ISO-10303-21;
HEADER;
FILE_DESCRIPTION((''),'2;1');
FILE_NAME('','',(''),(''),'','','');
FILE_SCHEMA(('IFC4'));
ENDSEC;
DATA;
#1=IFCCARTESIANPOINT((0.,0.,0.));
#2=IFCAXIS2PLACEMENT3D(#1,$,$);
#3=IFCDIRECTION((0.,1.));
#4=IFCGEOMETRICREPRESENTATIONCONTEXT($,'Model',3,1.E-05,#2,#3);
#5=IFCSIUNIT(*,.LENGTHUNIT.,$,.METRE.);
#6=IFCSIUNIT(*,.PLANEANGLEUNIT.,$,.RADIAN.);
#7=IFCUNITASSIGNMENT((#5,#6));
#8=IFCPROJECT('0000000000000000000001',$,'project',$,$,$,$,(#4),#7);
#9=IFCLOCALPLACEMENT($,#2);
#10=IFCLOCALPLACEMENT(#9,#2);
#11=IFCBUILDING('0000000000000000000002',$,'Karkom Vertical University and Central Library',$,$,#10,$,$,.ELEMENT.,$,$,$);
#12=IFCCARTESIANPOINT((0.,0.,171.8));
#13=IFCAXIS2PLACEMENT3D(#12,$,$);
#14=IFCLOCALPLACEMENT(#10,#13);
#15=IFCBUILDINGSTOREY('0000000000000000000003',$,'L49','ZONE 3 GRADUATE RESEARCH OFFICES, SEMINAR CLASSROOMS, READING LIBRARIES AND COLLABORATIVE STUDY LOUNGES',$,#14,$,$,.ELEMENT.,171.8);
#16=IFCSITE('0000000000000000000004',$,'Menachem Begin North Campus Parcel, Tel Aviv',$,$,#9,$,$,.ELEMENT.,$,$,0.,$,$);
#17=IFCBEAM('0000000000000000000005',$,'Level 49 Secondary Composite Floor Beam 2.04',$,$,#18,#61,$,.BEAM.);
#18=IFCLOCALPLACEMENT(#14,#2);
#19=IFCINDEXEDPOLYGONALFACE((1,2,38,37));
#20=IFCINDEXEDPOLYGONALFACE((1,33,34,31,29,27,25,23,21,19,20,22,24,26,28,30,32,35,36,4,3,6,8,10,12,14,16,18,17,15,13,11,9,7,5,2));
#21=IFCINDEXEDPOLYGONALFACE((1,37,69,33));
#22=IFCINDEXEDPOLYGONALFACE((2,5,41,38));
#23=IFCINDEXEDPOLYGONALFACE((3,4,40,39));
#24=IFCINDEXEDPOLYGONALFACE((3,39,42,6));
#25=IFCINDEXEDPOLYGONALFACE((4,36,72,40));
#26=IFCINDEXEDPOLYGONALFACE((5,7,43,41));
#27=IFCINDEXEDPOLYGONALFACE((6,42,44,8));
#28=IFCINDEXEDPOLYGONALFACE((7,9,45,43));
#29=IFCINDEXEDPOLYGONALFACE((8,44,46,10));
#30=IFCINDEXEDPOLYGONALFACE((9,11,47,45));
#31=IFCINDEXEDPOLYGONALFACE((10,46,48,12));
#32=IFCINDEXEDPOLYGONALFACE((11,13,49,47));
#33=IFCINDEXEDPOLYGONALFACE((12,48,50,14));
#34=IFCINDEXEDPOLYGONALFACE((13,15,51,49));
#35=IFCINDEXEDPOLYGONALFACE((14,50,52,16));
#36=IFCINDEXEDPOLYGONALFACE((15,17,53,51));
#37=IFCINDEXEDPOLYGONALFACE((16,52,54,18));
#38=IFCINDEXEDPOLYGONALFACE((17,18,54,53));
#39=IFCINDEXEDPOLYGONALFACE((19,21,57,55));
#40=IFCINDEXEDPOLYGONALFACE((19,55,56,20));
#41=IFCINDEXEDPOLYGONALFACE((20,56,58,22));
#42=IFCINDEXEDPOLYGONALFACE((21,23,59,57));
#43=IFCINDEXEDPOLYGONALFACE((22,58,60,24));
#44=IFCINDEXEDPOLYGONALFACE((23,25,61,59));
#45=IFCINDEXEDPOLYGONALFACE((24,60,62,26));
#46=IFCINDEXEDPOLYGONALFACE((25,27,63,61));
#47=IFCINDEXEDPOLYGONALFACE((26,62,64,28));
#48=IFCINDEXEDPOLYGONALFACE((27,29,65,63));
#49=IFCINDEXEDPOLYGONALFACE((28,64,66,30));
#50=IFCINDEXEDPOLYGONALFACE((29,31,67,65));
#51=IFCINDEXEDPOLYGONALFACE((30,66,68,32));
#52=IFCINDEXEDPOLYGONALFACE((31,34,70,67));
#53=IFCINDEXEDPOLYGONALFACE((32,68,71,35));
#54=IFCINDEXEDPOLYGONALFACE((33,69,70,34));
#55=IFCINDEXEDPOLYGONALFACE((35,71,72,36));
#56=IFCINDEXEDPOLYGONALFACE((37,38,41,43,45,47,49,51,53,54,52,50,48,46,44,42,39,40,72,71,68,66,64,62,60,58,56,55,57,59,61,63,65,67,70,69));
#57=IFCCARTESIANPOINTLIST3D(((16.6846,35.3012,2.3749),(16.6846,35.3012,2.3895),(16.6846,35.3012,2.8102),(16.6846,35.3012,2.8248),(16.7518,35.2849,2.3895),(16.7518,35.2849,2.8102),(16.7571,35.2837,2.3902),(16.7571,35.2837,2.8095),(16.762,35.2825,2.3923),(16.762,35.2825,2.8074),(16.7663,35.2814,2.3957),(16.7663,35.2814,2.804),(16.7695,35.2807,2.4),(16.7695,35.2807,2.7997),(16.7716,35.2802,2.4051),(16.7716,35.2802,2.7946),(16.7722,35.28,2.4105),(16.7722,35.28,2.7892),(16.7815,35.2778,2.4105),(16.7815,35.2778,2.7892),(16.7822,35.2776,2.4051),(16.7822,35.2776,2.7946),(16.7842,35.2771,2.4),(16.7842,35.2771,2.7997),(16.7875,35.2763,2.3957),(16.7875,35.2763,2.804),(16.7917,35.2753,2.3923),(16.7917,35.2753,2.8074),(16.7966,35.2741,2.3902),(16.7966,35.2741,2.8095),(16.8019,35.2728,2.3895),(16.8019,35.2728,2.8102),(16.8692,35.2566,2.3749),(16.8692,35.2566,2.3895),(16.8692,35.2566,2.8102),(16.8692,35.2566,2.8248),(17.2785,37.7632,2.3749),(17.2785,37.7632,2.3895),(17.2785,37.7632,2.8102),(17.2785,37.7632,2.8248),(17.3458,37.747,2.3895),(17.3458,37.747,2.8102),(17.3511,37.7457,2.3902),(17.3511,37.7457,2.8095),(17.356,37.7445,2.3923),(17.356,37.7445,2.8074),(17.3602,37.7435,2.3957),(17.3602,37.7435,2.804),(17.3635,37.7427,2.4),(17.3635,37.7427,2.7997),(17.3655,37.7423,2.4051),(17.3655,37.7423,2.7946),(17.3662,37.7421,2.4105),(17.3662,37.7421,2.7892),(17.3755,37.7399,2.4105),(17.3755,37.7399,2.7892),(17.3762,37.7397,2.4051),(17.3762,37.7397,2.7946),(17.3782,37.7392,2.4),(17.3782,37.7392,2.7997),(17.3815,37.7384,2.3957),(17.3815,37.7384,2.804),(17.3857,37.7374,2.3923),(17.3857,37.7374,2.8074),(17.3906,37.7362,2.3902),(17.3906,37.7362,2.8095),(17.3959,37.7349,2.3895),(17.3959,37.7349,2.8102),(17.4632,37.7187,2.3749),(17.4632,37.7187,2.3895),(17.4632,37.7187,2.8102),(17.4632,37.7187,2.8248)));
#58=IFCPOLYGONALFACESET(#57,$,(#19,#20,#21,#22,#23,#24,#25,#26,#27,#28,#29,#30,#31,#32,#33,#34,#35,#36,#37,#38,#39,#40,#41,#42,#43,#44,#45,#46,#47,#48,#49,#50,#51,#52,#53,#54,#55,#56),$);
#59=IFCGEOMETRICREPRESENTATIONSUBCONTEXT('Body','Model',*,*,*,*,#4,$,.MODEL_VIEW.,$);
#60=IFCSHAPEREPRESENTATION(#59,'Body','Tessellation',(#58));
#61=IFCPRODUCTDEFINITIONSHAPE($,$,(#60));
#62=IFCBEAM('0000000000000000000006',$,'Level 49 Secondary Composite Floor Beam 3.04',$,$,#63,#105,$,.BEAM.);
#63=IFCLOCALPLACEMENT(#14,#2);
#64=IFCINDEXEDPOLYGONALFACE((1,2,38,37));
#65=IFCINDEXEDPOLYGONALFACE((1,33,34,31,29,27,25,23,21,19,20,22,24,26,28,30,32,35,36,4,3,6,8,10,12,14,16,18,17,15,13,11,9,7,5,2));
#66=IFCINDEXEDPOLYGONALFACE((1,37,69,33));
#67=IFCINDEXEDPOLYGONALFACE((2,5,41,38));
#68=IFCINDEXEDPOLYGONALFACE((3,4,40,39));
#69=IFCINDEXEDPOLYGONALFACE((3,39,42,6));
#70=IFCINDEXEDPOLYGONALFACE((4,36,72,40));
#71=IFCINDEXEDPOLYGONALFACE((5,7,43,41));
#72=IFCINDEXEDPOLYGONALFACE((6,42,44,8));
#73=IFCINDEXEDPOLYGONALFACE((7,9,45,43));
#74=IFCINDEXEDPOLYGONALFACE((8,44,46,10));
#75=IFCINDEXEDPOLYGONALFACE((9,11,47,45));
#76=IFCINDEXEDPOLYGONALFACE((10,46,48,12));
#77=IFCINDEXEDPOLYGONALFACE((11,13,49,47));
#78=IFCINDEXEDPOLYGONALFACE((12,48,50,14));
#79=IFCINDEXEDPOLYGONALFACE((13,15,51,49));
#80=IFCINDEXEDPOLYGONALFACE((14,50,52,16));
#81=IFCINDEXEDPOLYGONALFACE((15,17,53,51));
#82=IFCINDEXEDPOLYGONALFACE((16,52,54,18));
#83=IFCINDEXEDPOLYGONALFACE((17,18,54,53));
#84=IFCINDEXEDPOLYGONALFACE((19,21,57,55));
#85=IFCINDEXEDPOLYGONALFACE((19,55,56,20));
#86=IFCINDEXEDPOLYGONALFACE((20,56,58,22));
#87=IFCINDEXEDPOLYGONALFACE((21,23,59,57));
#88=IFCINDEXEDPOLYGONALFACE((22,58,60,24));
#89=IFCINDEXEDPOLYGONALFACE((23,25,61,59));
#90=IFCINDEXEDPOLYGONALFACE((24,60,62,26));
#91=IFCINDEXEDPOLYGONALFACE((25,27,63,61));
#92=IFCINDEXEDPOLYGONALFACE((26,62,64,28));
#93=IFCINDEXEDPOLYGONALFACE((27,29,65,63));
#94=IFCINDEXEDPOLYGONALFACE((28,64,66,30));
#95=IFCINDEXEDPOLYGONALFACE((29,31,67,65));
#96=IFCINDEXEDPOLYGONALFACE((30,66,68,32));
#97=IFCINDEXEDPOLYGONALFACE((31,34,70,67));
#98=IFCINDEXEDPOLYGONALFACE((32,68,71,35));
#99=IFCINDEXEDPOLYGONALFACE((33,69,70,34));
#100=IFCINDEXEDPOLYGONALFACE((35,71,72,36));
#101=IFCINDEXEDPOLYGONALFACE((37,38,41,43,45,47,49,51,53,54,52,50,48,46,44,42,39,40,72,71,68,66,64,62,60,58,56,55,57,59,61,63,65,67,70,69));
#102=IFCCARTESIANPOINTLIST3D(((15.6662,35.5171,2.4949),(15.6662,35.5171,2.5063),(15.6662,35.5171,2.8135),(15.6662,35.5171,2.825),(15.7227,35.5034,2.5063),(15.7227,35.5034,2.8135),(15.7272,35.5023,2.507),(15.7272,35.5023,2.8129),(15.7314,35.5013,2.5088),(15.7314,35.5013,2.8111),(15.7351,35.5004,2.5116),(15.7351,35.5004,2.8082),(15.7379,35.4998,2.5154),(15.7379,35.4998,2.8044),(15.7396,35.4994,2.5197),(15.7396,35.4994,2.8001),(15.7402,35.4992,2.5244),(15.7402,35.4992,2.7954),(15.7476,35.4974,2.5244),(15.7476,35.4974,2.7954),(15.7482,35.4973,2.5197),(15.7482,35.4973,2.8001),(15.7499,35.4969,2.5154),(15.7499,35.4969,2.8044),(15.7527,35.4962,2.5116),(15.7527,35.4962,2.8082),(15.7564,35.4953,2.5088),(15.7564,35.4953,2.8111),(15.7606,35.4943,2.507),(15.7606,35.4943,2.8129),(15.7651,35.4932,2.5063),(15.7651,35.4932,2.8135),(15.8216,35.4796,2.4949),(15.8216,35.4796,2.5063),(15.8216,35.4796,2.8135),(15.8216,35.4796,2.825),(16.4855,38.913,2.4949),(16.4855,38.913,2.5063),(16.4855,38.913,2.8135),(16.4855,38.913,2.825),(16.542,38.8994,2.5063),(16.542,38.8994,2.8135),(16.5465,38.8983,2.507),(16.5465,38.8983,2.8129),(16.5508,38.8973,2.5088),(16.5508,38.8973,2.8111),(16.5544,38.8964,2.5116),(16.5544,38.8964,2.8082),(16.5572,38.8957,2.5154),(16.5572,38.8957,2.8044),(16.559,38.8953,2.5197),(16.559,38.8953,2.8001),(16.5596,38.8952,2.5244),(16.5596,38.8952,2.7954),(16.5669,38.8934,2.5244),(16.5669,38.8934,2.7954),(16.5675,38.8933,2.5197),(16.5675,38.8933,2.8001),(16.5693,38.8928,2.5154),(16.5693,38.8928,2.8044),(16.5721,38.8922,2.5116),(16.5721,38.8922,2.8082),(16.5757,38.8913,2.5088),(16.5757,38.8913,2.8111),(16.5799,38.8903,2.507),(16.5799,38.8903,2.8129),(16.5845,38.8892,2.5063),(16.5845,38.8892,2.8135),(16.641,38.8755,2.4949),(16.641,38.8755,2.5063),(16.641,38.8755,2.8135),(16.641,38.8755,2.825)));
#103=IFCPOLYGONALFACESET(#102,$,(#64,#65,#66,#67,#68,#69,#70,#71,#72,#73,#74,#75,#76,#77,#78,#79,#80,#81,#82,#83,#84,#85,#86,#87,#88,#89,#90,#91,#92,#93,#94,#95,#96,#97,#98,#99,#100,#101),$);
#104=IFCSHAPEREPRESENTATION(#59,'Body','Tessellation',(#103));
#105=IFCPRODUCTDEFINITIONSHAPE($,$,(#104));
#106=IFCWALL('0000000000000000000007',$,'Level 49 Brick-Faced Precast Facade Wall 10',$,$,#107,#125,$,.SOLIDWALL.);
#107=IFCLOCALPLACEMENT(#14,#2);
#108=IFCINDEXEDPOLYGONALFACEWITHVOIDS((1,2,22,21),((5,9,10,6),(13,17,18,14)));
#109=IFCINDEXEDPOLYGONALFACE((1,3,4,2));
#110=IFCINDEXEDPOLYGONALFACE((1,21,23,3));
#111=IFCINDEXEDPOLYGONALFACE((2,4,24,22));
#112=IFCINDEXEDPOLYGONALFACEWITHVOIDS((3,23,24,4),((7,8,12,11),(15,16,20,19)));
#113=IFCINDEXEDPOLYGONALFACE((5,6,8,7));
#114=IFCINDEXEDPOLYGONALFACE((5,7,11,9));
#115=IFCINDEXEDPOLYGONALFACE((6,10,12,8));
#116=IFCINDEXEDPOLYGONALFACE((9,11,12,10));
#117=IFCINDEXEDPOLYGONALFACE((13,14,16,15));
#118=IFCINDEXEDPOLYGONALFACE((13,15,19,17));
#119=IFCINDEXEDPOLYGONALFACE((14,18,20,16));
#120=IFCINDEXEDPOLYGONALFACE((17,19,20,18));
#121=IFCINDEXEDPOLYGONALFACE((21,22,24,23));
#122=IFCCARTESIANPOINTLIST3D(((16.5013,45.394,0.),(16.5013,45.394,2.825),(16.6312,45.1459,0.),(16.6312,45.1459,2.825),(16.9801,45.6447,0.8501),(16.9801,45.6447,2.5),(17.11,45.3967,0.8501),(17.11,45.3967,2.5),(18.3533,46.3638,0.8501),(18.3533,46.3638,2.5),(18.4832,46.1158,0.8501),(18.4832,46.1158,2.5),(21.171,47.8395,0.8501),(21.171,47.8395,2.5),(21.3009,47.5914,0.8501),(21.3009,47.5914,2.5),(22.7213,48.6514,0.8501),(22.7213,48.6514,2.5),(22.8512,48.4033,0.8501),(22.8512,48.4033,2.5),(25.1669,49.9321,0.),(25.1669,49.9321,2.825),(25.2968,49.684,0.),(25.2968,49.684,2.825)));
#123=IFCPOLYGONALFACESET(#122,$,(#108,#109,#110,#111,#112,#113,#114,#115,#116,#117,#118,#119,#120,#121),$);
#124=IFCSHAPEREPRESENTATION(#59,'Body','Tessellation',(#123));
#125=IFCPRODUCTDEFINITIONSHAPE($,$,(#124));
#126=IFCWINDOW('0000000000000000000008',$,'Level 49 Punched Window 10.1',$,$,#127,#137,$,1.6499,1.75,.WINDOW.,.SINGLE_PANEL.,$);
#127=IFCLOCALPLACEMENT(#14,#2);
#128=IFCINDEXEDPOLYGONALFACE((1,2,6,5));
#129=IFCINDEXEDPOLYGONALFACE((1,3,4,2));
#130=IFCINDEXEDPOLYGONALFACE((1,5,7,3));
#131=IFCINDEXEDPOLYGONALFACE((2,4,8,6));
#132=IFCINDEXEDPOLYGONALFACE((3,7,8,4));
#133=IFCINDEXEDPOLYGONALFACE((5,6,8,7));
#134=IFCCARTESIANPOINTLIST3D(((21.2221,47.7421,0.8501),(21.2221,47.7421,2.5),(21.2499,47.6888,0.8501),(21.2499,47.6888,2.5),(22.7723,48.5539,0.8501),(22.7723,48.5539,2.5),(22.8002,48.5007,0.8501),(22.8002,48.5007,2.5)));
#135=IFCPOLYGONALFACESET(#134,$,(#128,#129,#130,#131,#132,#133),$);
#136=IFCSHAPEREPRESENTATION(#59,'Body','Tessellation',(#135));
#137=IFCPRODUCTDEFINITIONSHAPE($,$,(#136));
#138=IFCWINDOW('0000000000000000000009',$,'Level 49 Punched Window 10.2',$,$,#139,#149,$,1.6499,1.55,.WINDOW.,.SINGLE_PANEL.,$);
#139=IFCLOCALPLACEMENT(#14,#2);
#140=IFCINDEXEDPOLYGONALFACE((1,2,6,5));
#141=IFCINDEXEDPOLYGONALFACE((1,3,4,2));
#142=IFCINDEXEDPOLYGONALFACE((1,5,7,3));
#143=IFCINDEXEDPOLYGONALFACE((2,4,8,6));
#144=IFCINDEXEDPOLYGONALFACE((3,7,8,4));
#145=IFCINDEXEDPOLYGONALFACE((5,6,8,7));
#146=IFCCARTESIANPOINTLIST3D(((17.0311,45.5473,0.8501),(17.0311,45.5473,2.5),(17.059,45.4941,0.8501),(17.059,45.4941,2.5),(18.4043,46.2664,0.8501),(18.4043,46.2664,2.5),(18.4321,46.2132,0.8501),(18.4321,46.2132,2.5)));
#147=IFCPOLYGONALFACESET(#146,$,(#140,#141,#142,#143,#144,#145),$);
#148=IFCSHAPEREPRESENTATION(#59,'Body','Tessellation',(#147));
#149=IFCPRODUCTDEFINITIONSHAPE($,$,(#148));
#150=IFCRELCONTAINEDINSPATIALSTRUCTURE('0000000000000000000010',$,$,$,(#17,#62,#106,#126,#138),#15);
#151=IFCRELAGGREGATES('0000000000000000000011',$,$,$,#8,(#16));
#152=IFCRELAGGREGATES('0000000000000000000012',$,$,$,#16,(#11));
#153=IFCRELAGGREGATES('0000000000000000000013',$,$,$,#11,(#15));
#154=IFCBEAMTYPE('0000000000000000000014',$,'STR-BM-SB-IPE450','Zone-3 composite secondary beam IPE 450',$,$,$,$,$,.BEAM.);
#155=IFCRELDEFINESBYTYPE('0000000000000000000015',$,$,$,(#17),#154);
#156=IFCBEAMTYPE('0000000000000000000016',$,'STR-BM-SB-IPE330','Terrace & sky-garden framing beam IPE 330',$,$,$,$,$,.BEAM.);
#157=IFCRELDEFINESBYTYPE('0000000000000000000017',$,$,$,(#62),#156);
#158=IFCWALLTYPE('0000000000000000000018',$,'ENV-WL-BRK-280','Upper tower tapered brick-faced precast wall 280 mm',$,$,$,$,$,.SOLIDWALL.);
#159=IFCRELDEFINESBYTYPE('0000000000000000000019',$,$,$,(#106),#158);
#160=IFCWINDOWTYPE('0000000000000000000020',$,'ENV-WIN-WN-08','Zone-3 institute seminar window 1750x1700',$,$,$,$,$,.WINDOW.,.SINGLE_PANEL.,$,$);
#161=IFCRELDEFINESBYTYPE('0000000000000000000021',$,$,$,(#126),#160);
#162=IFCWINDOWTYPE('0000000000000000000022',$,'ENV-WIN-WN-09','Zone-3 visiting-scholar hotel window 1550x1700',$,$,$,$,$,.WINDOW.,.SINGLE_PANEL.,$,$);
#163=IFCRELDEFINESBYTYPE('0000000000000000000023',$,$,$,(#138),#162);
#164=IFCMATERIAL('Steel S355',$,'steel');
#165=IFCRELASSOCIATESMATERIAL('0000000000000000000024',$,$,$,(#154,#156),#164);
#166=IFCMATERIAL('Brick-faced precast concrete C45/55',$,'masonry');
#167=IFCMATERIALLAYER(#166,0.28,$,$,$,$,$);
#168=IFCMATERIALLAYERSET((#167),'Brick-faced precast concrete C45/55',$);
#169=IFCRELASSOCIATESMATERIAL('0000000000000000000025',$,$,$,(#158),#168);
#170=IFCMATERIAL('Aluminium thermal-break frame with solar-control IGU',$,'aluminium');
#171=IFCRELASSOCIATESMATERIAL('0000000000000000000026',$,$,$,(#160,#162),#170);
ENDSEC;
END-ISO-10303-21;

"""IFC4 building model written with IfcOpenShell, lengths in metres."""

from ifc_helpers import new_model, si_unit, direction, frame, frame_2d, origin, origin_with_axes, origin_2d, place, context, subcontext, project, spatial, rectangle, i_section, extrude, source, transform, mapped, material, layer, layer_set, material_profile, profile_set, type_object, element, fill, save


model = new_model("IFC4")

# Units and contexts
model_context = context("Model", 3, precision=1e-05, world=origin(), true_north=direction((0.0, 1.0)))
body_context = subcontext(model_context, "Body", "Model", "MODEL_VIEW")
ifc_project = project(units=[si_unit("LENGTHUNIT", "METRE"), si_unit("PLANEANGLEUNIT", "RADIAN")], contexts=[model_context])

# Site, building, storey
site_placement = place(None, origin())
site = spatial("IfcSite", under=ifc_project, at=site_placement, Name="Menachem Begin North Campus Parcel, Tel Aviv", CompositionType="ELEMENT", RefElevation=0.0)
building_placement = place(site_placement, origin())
building = spatial("IfcBuilding", under=site, at=building_placement, Name="Karkom Vertical University and Central Library", CompositionType="ELEMENT")
storey_placement = place(building_placement, frame((0.0, 0.0, 171.8)))
storey = spatial("IfcBuildingStorey", under=building, at=storey_placement, Name="L49", Description="ZONE 3 GRADUATE RESEARCH OFFICES, SEMINAR CLASSROOMS, READING LIBRARIES AND COLLABORATIVE STUDY LOUNGES", CompositionType="ELEMENT", Elevation=171.8)

# Beams
ifc_material_1 = material(Name="Steel S355", Category="steel")
ifc_material_profile_1 = material_profile(ifc_material_1, i_section(OverallWidth=0.1899, OverallDepth=0.45, WebThickness=0.0095, FlangeThickness=0.0146, FilletRadius=0.021, at=origin_2d()), Name="IPE 450")
ifc_profile_set_1 = profile_set([ifc_material_profile_1], Name="Steel S355")
beam_type_1 = type_object("IfcBeamType", Name="STR-BM-SB-IPE450", Description="Zone-3 composite secondary beam IPE 450", PredefinedType="BEAM", material=ifc_profile_set_1)
shared_shape_1 = source(origin_with_axes(), body_context, "Body", "SweptSolid", [
    extrude(i_section(OverallWidth=0.1899, OverallDepth=0.45, WebThickness=0.0095, FlangeThickness=0.0146, FilletRadius=0.021, at=origin_2d()), origin(), (0.0, 0.0, 1.0), 2.5327),
])
beam_1_placement = place(storey_placement, frame((17.3708, 37.741, 2.5999), z_axis=(-0.234521, -0.972111, 0.0), x_axis=(0.972111, -0.234521, 0.0)))
element("IfcBeam", 1, at=beam_1_placement, inside=storey, type_object=beam_type_1, Name="Level 49 Secondary Composite Floor Beam 2.04", PredefinedType="BEAM", context=body_context, shape_type="MappedRepresentation", body=[
    mapped(shared_shape_1, transform((0.0, 0.0, 0.0), scale=1.0)),
])
ifc_material_profile_2 = material_profile(ifc_material_1, i_section(OverallWidth=0.1599, OverallDepth=0.3301, WebThickness=0.0076, FlangeThickness=0.0115, FilletRadius=0.0181, at=origin_2d()), Name="IPE 330")
ifc_profile_set_2 = profile_set([ifc_material_profile_2], Name="Steel S355")
beam_type_2 = type_object("IfcBeamType", Name="STR-BM-SB-IPE330", Description="Terrace & sky-garden framing beam IPE 330", PredefinedType="BEAM", material=ifc_profile_set_2)
shared_shape_2 = source(origin_with_axes(), body_context, "Body", "SweptSolid", [
    extrude(i_section(OverallWidth=0.1599, OverallDepth=0.3301, WebThickness=0.0076, FlangeThickness=0.0115, FilletRadius=0.0181, at=origin_2d()), origin(), (0.0, 0.0, 1.0), 3.4934),
])
beam_2_placement = place(storey_placement, frame((16.5632, 38.8943, 2.6599), z_axis=(-0.234536, -0.972107, 0.0), x_axis=(0.972107, -0.234536, 0.0)))
element("IfcBeam", 2, at=beam_2_placement, inside=storey, type_object=beam_type_2, Name="Level 49 Secondary Composite Floor Beam 3.04", PredefinedType="BEAM", context=body_context, shape_type="MappedRepresentation", body=[
    mapped(shared_shape_2, transform((0.0, 0.0, 0.0), scale=1.0)),
])

# Wall, openings, windows
ifc_material_2 = material(Name="Brick-faced precast concrete C45/55", Category="masonry")
ifc_layer_1 = layer(ifc_material_2, 0.28)
ifc_layer_set_1 = layer_set([ifc_layer_1], Name="Brick-faced precast concrete C45/55")
wall_type_1 = type_object("IfcWallType", Name="ENV-WL-BRK-280", Description="Upper tower tapered brick-faced precast wall 280 mm", PredefinedType="SOLIDWALL", material=ifc_layer_set_1)
wall_1_placement = place(storey_placement, frame((25.2319, 49.8081, 0.0), z_axis=(0.0, 0.0, 1.0), x_axis=(-0.885874, -0.463927, 0.0)))
wall_1 = element("IfcWall", 3, at=wall_1_placement, inside=storey, type_object=wall_type_1, Name="Level 49 Brick-Faced Precast Facade Wall 10", PredefinedType="SOLIDWALL", context=body_context, shape_type="SweptSolid", body=[
    extrude(rectangle(XDim=9.782, YDim=0.28, at=frame_2d((4.8911, 0.0))), origin(), (0.0, 0.0, 1.0), 2.825),
])
opening_1_placement = place(wall_1_placement, frame((2.7607, 0.0, 0.8501)))
opening_1 = element("IfcOpeningElement", 4, at=opening_1_placement, cuts=wall_1, PredefinedType="OPENING", context=body_context, shape_type="SweptSolid", body=[
    extrude(rectangle(XDim=1.75, YDim=1.6499, at=frame_2d((0.875, 0.825))), frame((0.0, 0.1499, 0.0), z_axis=(0.0, -1.0, 0.0), x_axis=(1.0, 0.0, 0.0)), (0.0, 0.0, 1.0), 0.3),
])
opening_2_placement = place(wall_1_placement, frame((7.6917, 0.0, 0.8501)))
opening_2 = element("IfcOpeningElement", 5, at=opening_2_placement, cuts=wall_1, PredefinedType="OPENING", context=body_context, shape_type="SweptSolid", body=[
    extrude(rectangle(XDim=1.55, YDim=1.6499, at=frame_2d((0.7749, 0.825))), frame((0.0, 0.1499, 0.0), z_axis=(0.0, -1.0, 0.0), x_axis=(1.0, 0.0, 0.0)), (0.0, 0.0, 1.0), 0.3),
])
ifc_material_3 = material(Name="Aluminium thermal-break frame with solar-control IGU", Category="aluminium")
window_type_1 = type_object("IfcWindowType", Name="ENV-WIN-WN-08", Description="Zone-3 institute seminar window 1750x1700", PartitioningType="SINGLE_PANEL", PredefinedType="WINDOW", material=ifc_material_3)
shared_shape_3 = source(origin_with_axes(), body_context, "Body", "SweptSolid", [
    extrude(rectangle(XDim=1.75, YDim=1.6499, at=frame_2d((0.875, 0.825))), frame((0.0, 0.03, 0.0), z_axis=(0.0, -1.0, 0.0), x_axis=(1.0, 0.0, 0.0)), (0.0, 0.0, 1.0), 0.0601),
])
window_1_placement = place(opening_1_placement, origin())
window_1 = element("IfcWindow", 6, at=window_1_placement, inside=storey, type_object=window_type_1, Name="Level 49 Punched Window 10.1", OverallHeight=1.6499, OverallWidth=1.75, PartitioningType="SINGLE_PANEL", PredefinedType="WINDOW", context=body_context, shape_type="MappedRepresentation", body=[
    mapped(shared_shape_3, transform((0.0, 0.0, 0.0), scale=1.0)),
])
fill(opening_1, window_1)
window_type_2 = type_object("IfcWindowType", Name="ENV-WIN-WN-09", Description="Zone-3 visiting-scholar hotel window 1550x1700", PartitioningType="SINGLE_PANEL", PredefinedType="WINDOW", material=ifc_material_3)
shared_shape_4 = source(origin_with_axes(), body_context, "Body", "SweptSolid", [
    extrude(rectangle(XDim=1.55, YDim=1.6499, at=frame_2d((0.7749, 0.825))), frame((0.0, 0.03, 0.0), z_axis=(0.0, -1.0, 0.0), x_axis=(1.0, 0.0, 0.0)), (0.0, 0.0, 1.0), 0.0601),
])
window_2_placement = place(opening_2_placement, origin())
window_2 = element("IfcWindow", 7, at=window_2_placement, inside=storey, type_object=window_type_2, Name="Level 49 Punched Window 10.2", OverallHeight=1.6499, OverallWidth=1.55, PartitioningType="SINGLE_PANEL", PredefinedType="WINDOW", context=body_context, shape_type="MappedRepresentation", body=[
    mapped(shared_shape_4, transform((0.0, 0.0, 0.0), scale=1.0)),
])
fill(opening_2, window_2)

save(model, "model.ifc")
